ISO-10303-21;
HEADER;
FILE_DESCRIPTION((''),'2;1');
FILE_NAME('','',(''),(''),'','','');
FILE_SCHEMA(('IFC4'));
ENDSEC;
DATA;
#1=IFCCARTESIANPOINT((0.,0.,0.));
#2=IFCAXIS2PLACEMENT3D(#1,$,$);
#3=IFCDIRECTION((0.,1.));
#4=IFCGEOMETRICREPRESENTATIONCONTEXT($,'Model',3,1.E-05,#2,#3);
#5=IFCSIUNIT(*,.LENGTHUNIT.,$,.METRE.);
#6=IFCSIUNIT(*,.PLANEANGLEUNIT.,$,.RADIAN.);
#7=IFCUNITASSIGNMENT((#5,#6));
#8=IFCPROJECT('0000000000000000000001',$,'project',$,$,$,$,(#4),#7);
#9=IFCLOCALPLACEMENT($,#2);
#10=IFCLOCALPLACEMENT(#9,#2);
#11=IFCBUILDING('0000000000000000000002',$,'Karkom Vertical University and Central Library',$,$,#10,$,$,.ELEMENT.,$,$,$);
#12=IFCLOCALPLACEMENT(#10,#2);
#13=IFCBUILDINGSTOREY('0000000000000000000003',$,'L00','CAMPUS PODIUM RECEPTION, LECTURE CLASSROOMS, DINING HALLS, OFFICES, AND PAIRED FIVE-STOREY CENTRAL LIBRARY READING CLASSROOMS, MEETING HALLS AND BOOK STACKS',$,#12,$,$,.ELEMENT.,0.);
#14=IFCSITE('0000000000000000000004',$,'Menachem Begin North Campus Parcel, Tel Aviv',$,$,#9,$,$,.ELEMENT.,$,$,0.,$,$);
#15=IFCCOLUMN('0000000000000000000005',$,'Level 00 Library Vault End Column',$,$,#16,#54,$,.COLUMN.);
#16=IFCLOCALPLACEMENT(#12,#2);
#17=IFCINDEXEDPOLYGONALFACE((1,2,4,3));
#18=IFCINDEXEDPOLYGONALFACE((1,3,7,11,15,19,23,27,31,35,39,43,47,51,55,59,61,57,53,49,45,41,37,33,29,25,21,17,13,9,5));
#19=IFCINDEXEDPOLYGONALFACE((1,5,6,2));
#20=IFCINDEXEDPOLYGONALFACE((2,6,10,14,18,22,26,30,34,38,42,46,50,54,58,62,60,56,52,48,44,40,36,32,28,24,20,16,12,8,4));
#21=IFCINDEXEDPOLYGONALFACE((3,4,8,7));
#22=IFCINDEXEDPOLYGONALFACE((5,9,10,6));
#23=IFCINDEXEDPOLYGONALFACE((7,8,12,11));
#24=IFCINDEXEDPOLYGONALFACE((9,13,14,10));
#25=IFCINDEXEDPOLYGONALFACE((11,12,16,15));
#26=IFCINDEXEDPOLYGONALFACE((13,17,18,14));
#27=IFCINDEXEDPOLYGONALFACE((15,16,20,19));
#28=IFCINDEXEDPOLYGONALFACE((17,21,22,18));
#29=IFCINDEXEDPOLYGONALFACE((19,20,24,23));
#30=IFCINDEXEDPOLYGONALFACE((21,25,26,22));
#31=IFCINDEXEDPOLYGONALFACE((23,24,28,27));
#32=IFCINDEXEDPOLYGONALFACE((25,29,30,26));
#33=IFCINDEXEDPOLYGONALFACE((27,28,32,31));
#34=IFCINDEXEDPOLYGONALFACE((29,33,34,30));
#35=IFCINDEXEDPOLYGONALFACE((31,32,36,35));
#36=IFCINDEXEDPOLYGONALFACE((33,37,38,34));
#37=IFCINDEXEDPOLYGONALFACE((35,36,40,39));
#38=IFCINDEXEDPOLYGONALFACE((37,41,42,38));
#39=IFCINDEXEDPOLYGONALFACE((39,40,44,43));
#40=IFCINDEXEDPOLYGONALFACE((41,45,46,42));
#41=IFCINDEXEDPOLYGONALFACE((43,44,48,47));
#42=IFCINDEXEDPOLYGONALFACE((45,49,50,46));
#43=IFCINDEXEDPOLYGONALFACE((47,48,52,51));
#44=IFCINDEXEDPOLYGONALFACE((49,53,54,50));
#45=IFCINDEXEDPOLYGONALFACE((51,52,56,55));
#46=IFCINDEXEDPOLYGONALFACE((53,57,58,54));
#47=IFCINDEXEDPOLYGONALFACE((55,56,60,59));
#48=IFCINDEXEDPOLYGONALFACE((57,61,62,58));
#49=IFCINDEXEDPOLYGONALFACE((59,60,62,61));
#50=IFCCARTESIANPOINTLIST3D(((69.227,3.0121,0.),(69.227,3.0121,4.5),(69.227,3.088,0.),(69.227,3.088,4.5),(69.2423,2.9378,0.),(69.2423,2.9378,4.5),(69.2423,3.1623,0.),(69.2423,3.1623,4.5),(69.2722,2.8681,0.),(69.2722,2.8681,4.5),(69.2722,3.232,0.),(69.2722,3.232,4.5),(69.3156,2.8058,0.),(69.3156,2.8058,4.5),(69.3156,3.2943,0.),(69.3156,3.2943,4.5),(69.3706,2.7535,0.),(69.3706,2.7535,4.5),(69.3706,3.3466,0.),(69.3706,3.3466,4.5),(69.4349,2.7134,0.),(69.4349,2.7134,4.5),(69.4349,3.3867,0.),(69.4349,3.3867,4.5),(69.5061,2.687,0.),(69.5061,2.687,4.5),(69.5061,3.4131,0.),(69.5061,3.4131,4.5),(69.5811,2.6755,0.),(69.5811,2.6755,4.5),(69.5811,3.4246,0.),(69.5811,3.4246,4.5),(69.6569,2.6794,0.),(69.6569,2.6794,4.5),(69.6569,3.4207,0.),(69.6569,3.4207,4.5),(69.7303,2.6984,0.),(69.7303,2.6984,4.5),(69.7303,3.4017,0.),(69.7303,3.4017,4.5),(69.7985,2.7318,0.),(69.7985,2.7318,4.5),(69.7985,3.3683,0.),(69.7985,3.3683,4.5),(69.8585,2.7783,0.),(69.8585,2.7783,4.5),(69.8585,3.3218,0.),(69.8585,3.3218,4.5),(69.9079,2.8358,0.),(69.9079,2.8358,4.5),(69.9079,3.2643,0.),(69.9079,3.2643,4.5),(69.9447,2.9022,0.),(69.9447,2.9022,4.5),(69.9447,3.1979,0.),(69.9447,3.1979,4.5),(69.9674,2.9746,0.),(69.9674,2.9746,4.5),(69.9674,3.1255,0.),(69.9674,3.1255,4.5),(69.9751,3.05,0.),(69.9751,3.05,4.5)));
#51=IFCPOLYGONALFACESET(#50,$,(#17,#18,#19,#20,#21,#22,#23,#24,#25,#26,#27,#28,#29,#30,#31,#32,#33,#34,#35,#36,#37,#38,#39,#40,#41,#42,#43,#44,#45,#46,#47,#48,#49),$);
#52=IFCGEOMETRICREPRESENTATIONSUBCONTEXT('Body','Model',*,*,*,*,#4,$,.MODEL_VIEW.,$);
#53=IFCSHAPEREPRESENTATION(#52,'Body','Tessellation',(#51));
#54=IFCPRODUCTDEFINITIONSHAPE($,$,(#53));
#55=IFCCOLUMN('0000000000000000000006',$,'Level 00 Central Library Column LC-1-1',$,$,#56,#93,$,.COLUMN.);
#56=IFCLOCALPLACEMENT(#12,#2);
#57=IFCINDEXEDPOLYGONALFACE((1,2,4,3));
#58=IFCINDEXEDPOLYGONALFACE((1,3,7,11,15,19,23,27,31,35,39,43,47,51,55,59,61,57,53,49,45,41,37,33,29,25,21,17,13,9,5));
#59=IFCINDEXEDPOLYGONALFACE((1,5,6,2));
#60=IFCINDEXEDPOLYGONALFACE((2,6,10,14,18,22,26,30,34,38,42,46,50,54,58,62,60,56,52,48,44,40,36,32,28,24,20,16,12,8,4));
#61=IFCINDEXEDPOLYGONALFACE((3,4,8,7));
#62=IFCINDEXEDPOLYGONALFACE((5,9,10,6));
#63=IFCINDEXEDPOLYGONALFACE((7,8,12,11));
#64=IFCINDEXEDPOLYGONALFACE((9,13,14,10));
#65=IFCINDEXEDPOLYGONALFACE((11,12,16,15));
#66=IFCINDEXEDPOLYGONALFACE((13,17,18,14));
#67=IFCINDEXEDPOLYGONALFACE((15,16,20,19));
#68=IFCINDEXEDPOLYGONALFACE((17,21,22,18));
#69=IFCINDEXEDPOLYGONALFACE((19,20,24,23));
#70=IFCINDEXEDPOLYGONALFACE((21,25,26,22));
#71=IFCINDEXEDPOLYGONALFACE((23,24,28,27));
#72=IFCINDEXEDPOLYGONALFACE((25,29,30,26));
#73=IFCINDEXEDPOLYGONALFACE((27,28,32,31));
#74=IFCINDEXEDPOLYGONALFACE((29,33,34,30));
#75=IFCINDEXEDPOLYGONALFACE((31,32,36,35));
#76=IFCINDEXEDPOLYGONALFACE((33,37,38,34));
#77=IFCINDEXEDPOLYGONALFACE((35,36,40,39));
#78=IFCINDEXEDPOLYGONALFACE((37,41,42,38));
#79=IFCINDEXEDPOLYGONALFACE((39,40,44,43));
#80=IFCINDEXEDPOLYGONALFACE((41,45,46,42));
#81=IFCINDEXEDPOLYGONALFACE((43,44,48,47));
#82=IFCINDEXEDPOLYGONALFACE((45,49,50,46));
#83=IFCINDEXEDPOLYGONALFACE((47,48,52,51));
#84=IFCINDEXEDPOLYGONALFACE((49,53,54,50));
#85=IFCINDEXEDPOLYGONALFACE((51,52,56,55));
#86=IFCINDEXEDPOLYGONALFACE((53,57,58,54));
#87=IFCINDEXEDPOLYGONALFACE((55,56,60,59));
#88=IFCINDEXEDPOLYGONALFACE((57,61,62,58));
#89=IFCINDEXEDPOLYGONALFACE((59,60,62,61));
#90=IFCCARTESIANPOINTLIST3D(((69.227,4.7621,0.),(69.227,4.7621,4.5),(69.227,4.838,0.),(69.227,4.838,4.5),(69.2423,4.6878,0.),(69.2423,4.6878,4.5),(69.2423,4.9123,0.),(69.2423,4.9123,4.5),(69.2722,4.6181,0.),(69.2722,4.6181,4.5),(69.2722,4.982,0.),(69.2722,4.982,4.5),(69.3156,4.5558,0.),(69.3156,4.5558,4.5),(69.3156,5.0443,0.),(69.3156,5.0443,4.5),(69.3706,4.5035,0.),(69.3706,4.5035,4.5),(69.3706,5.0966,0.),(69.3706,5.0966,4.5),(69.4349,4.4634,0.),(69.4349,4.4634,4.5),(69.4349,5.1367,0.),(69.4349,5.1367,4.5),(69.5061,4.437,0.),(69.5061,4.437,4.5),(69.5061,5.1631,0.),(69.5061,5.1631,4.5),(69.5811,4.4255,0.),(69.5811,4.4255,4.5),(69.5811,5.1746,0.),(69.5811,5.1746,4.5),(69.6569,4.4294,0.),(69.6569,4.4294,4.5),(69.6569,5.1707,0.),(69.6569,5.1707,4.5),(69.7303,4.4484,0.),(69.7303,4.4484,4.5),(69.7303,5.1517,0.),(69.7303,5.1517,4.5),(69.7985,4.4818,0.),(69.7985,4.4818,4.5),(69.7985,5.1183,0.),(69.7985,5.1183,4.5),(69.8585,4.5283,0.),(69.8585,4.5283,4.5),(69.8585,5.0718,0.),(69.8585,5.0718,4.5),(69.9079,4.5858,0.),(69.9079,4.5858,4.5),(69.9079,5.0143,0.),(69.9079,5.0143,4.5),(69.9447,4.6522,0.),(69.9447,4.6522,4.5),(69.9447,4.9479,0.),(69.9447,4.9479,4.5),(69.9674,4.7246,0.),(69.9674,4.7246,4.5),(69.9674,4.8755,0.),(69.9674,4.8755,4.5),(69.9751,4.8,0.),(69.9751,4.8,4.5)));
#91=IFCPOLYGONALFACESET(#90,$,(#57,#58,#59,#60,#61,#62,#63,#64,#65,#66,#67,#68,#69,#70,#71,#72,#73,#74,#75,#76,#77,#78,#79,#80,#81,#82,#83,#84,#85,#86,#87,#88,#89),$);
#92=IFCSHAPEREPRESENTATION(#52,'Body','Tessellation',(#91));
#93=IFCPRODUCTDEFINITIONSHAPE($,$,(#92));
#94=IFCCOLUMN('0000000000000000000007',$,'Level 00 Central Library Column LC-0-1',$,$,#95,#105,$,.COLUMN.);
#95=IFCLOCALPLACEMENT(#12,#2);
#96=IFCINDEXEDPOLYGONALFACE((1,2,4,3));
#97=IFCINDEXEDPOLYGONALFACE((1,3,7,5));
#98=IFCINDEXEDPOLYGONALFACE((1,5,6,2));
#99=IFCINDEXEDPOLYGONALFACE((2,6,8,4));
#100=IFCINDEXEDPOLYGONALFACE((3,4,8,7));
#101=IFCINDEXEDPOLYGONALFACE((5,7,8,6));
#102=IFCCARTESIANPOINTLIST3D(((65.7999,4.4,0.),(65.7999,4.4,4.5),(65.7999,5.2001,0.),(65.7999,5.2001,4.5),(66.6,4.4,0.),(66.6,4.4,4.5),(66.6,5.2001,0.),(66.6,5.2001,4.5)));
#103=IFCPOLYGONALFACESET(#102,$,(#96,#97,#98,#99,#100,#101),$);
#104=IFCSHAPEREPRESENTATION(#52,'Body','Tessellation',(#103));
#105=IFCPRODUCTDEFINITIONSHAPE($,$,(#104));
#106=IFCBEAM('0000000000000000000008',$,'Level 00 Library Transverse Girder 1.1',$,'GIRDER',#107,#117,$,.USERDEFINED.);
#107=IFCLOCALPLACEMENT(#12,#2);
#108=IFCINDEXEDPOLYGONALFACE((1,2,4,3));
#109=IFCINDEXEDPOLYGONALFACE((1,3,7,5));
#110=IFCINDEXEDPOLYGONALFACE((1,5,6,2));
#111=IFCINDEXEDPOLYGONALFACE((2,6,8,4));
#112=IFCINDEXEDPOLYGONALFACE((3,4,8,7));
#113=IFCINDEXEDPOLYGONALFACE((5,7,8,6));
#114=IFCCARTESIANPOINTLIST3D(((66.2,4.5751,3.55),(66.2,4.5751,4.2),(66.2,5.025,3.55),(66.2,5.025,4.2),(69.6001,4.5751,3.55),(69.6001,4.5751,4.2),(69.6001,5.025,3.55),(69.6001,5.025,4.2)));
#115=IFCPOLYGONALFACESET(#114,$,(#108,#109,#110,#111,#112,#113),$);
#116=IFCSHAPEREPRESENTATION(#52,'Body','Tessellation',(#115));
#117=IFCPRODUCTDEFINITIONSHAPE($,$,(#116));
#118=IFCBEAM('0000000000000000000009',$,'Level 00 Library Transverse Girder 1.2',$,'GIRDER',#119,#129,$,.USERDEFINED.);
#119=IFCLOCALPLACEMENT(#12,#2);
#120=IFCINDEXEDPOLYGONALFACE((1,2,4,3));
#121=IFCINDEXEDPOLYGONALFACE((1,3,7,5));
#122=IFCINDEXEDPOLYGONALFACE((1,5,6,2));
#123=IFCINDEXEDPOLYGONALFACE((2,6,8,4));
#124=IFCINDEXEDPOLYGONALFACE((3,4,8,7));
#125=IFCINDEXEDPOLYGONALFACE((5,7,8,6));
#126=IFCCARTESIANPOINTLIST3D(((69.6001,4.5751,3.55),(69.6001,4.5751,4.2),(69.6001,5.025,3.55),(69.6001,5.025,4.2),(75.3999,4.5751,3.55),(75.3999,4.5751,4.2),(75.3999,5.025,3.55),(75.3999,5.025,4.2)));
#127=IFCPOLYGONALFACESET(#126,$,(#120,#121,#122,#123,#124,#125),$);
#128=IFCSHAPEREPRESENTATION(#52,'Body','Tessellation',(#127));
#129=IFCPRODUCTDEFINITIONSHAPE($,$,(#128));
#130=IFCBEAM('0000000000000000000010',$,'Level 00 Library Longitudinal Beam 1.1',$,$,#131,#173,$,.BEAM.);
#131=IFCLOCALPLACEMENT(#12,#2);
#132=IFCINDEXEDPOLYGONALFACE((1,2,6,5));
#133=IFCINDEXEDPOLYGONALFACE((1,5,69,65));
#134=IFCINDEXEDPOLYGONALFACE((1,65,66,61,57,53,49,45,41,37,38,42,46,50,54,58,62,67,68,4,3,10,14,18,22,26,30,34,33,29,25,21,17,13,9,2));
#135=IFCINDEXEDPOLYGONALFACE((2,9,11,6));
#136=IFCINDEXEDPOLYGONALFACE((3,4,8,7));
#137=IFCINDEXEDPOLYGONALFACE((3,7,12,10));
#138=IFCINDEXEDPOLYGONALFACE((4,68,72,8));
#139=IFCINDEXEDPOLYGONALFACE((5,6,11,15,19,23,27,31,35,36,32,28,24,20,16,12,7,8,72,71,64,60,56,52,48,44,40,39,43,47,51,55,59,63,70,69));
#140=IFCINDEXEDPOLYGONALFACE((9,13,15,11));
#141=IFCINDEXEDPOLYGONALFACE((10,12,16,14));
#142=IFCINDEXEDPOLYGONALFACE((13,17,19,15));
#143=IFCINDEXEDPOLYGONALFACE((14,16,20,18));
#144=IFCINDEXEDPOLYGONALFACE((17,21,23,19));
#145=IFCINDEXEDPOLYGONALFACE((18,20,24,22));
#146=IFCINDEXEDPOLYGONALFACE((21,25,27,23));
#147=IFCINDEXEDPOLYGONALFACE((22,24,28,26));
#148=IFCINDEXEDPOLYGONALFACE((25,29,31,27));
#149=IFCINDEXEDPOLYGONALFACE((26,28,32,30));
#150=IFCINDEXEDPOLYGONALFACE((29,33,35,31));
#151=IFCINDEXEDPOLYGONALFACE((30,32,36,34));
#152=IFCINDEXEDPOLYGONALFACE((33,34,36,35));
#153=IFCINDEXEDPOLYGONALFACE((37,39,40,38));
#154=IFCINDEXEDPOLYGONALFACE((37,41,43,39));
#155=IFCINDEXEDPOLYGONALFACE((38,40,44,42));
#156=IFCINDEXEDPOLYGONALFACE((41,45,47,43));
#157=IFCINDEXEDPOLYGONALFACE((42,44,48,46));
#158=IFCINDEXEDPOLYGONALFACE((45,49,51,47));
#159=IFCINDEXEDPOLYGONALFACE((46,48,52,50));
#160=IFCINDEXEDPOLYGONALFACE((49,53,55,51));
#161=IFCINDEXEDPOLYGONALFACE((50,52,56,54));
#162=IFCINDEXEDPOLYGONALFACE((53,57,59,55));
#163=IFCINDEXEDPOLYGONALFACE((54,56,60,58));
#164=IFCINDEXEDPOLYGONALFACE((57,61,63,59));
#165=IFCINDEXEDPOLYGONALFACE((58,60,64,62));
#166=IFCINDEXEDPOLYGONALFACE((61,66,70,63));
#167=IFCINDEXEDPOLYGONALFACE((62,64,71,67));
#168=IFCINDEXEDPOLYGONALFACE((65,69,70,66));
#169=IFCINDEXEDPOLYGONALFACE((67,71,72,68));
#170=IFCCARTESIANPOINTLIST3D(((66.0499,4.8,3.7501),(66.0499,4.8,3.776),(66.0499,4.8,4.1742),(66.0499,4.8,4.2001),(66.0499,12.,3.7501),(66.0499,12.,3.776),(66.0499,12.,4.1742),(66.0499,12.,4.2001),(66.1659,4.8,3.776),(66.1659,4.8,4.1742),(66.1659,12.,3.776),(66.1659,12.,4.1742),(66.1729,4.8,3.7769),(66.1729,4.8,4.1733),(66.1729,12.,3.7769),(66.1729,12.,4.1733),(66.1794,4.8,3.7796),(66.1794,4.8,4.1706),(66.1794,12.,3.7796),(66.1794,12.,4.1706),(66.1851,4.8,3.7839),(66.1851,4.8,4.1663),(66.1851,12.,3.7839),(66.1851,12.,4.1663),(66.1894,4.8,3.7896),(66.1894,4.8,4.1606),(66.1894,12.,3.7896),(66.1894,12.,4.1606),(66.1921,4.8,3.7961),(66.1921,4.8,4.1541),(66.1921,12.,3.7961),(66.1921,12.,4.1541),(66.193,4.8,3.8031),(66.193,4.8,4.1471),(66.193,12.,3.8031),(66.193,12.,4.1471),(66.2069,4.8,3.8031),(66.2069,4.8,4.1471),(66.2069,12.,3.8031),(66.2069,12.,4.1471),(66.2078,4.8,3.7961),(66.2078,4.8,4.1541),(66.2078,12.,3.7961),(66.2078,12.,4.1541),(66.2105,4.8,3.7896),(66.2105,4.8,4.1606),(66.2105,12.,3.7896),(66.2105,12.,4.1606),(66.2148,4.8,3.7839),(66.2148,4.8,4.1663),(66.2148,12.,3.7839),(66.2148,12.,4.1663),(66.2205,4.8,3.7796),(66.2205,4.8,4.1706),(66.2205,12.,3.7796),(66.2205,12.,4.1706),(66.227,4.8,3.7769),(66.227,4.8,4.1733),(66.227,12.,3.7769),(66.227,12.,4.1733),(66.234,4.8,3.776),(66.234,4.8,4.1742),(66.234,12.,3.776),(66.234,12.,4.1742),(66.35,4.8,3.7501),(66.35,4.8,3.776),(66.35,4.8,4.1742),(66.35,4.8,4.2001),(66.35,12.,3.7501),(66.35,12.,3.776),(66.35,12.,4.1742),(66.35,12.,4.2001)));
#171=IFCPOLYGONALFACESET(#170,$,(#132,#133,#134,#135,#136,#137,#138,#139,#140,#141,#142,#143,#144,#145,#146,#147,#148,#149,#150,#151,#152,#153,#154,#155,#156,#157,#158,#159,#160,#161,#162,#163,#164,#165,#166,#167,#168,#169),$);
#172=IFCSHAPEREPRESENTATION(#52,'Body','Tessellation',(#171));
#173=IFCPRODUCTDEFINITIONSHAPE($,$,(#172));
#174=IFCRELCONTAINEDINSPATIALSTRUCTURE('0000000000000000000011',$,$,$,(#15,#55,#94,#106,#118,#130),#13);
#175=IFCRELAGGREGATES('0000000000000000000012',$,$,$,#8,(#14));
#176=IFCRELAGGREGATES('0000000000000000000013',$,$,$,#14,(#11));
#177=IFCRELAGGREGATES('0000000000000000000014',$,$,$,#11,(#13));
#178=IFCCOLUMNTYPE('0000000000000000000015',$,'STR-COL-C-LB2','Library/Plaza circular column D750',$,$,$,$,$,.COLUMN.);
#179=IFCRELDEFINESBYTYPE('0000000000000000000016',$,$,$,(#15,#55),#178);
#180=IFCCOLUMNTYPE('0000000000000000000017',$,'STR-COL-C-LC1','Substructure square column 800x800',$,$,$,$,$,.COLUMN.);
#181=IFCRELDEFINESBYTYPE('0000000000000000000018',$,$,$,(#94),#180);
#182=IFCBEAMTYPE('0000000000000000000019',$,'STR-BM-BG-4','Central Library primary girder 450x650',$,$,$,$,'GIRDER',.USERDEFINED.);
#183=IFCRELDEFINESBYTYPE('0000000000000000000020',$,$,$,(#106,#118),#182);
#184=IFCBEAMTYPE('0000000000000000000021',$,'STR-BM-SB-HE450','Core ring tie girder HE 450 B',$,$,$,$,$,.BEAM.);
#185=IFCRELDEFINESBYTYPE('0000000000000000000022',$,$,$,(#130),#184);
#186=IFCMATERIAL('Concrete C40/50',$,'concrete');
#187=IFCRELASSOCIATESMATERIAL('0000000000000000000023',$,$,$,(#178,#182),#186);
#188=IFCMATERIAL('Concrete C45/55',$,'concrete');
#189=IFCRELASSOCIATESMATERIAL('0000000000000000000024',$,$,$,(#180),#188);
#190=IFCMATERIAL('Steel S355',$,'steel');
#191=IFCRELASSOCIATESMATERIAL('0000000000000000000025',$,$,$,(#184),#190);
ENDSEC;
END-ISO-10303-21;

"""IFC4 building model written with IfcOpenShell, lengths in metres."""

from ifc_helpers import new_model, si_unit, direction, frame, origin, origin_with_axes, origin_2d, place, context, subcontext, project, spatial, rectangle, circle, i_section, extrude, source, transform, mapped, material, material_profile, profile_set, type_object, element, save


model = new_model("IFC4")

# Units and contexts
model_context = context("Model", 3, precision=1e-05, world=origin(), true_north=direction((0.0, 1.0)))
body_context = subcontext(model_context, "Body", "Model", "MODEL_VIEW")
ifc_project = project(units=[si_unit("LENGTHUNIT", "METRE"), si_unit("PLANEANGLEUNIT", "RADIAN")], contexts=[model_context])

# Site, building, storey
site_placement = place(None, origin())
site = spatial("IfcSite", under=ifc_project, at=site_placement, Name="Menachem Begin North Campus Parcel, Tel Aviv", CompositionType="ELEMENT", RefElevation=0.0)
building_placement = place(site_placement, origin())
building = spatial("IfcBuilding", under=site, at=building_placement, Name="Karkom Vertical University and Central Library", CompositionType="ELEMENT")
storey_placement = place(building_placement, origin())
storey = spatial("IfcBuildingStorey", under=building, at=storey_placement, Name="L00", Description="CAMPUS PODIUM RECEPTION, LECTURE CLASSROOMS, DINING HALLS, OFFICES, AND PAIRED FIVE-STOREY CENTRAL LIBRARY READING CLASSROOMS, MEETING HALLS AND BOOK STACKS", CompositionType="ELEMENT", Elevation=0.0)

# Columns
ifc_material_1 = material(Name="Concrete C40/50", Category="concrete")
ifc_material_profile_1 = material_profile(ifc_material_1, circle(Radius=0.375, at=origin_2d()), Name="RC-D750")
ifc_profile_set_1 = profile_set([ifc_material_profile_1], Name="Concrete C40/50")
column_type_1 = type_object("IfcColumnType", Name="STR-COL-C-LB2", Description="Library/Plaza circular column D750", PredefinedType="COLUMN", material=ifc_profile_set_1)
shared_shape_1 = source(origin_with_axes(), body_context, "Body", "SweptSolid", [
    extrude(circle(Radius=0.375, at=origin_2d()), origin(), (0.0, 0.0, 1.0), 4.5),
])
for number, where, z_axis, x_axis, name in (
    (1, (69.6001, 3.05, 0.0), (0.0, 0.0, 1.0), (1.0, 0.0, 0.0), "Level 00 Library Vault End Column"),
    (2, (69.6001, 4.8, 0.0), (0.0, 0.0, 1.0), (1.0, 0.0, 0.0), "Level 00 Central Library Column LC-1-1"),
):
    element("IfcColumn", number, at=place(storey_placement, frame(where, z_axis=z_axis, x_axis=x_axis)), inside=storey, type_object=column_type_1, Name=name, PredefinedType="COLUMN", context=body_context, shape_type="MappedRepresentation", body=[
        mapped(shared_shape_1, transform((0.0, 0.0, 0.0), scale=1.0)),
    ])
ifc_material_2 = material(Name="Concrete C45/55", Category="concrete")
ifc_material_profile_2 = material_profile(ifc_material_2, rectangle(XDim=0.8, YDim=0.8, at=origin_2d()), Name="RC-800x800")
ifc_profile_set_2 = profile_set([ifc_material_profile_2], Name="Concrete C45/55")
column_type_2 = type_object("IfcColumnType", Name="STR-COL-C-LC1", Description="Substructure square column 800x800", PredefinedType="COLUMN", material=ifc_profile_set_2)
shared_shape_2 = source(origin_with_axes(), body_context, "Body", "SweptSolid", [
    extrude(rectangle(XDim=0.8, YDim=0.8, at=origin_2d()), origin(), (0.0, 0.0, 1.0), 4.5),
])
column_placement = place(storey_placement, frame((66.2, 4.8, 0.0), z_axis=(0.0, 0.0, 1.0), x_axis=(1.0, 0.0, 0.0)))
element("IfcColumn", 3, at=column_placement, inside=storey, type_object=column_type_2, Name="Level 00 Central Library Column LC-0-1", PredefinedType="COLUMN", context=body_context, shape_type="MappedRepresentation", body=[
    mapped(shared_shape_2, transform((0.0, 0.0, 0.0), scale=1.0)),
])

# Beams
ifc_material_profile_3 = material_profile(ifc_material_1, rectangle(XDim=0.45, YDim=0.6499, at=origin_2d()), Name="RCB-450x650")
ifc_profile_set_3 = profile_set([ifc_material_profile_3], Name="Concrete C40/50")
beam_type_1 = type_object("IfcBeamType", Name="STR-BM-BG-4", Description="Central Library primary girder 450x650", ElementType="GIRDER", PredefinedType="USERDEFINED", material=ifc_profile_set_3)
shared_shape_3 = source(origin_with_axes(), body_context, "Body", "SweptSolid", [
    extrude(rectangle(XDim=0.45, YDim=0.6499, at=origin_2d()), origin(), (0.0, 0.0, 1.0), 3.4001),
])
beam_1_placement = place(storey_placement, frame((66.2, 4.8, 3.875), z_axis=(1.0, 0.0, 0.0), x_axis=(0.0, 1.0, 0.0)))
element("IfcBeam", 4, at=beam_1_placement, inside=storey, type_object=beam_type_1, Name="Level 00 Library Transverse Girder 1.1", ObjectType="GIRDER", PredefinedType="USERDEFINED", context=body_context, shape_type="MappedRepresentation", body=[
    mapped(shared_shape_3, transform((0.0, 0.0, 0.0), scale=1.0)),
])
shared_shape_4 = source(origin_with_axes(), body_context, "Body", "SweptSolid", [
    extrude(rectangle(XDim=0.45, YDim=0.6499, at=origin_2d()), origin(), (0.0, 0.0, 1.0), 5.7998),
])
beam_2_placement = place(storey_placement, frame((69.6001, 4.8, 3.875), z_axis=(1.0, 0.0, 0.0), x_axis=(0.0, 1.0, 0.0)))
element("IfcBeam", 5, at=beam_2_placement, inside=storey, type_object=beam_type_1, Name="Level 00 Library Transverse Girder 1.2", ObjectType="GIRDER", PredefinedType="USERDEFINED", context=body_context, shape_type="MappedRepresentation", body=[
    mapped(shared_shape_4, transform((0.0, 0.0, 0.0), scale=1.0)),
])
ifc_material_3 = material(Name="Steel S355", Category="steel")
ifc_material_profile_4 = material_profile(ifc_material_3, i_section(OverallWidth=0.3, OverallDepth=0.45, WebThickness=0.0139, FlangeThickness=0.0259, FilletRadius=0.0271, at=origin_2d()), Name="HE 450 B")
ifc_profile_set_4 = profile_set([ifc_material_profile_4], Name="Steel S355")
beam_type_2 = type_object("IfcBeamType", Name="STR-BM-SB-HE450", Description="Core ring tie girder HE 450 B", PredefinedType="BEAM", material=ifc_profile_set_4)
shared_shape_5 = source(origin_with_axes(), body_context, "Body", "SweptSolid", [
    extrude(i_section(OverallWidth=0.3, OverallDepth=0.45, WebThickness=0.0139, FlangeThickness=0.0259, FilletRadius=0.0271, at=origin_2d()), origin(), (0.0, 0.0, 1.0), 7.2),
])
for number, where, z_axis, x_axis, name in (
    (6, (66.2, 4.8, 3.9751), (0.0, 1.0, 0.0), (-1.0, 0.0, 0.0), "Level 00 Library Longitudinal Beam 1.1"),
):
    element("IfcBeam", number, at=place(storey_placement, frame(where, z_axis=z_axis, x_axis=x_axis)), inside=storey, type_object=beam_type_2, Name=name, PredefinedType="BEAM", context=body_context, shape_type="MappedRepresentation", body=[
        mapped(shared_shape_5, transform((0.0, 0.0, 0.0), scale=1.0)),
    ])

save(model, "model.ifc")
